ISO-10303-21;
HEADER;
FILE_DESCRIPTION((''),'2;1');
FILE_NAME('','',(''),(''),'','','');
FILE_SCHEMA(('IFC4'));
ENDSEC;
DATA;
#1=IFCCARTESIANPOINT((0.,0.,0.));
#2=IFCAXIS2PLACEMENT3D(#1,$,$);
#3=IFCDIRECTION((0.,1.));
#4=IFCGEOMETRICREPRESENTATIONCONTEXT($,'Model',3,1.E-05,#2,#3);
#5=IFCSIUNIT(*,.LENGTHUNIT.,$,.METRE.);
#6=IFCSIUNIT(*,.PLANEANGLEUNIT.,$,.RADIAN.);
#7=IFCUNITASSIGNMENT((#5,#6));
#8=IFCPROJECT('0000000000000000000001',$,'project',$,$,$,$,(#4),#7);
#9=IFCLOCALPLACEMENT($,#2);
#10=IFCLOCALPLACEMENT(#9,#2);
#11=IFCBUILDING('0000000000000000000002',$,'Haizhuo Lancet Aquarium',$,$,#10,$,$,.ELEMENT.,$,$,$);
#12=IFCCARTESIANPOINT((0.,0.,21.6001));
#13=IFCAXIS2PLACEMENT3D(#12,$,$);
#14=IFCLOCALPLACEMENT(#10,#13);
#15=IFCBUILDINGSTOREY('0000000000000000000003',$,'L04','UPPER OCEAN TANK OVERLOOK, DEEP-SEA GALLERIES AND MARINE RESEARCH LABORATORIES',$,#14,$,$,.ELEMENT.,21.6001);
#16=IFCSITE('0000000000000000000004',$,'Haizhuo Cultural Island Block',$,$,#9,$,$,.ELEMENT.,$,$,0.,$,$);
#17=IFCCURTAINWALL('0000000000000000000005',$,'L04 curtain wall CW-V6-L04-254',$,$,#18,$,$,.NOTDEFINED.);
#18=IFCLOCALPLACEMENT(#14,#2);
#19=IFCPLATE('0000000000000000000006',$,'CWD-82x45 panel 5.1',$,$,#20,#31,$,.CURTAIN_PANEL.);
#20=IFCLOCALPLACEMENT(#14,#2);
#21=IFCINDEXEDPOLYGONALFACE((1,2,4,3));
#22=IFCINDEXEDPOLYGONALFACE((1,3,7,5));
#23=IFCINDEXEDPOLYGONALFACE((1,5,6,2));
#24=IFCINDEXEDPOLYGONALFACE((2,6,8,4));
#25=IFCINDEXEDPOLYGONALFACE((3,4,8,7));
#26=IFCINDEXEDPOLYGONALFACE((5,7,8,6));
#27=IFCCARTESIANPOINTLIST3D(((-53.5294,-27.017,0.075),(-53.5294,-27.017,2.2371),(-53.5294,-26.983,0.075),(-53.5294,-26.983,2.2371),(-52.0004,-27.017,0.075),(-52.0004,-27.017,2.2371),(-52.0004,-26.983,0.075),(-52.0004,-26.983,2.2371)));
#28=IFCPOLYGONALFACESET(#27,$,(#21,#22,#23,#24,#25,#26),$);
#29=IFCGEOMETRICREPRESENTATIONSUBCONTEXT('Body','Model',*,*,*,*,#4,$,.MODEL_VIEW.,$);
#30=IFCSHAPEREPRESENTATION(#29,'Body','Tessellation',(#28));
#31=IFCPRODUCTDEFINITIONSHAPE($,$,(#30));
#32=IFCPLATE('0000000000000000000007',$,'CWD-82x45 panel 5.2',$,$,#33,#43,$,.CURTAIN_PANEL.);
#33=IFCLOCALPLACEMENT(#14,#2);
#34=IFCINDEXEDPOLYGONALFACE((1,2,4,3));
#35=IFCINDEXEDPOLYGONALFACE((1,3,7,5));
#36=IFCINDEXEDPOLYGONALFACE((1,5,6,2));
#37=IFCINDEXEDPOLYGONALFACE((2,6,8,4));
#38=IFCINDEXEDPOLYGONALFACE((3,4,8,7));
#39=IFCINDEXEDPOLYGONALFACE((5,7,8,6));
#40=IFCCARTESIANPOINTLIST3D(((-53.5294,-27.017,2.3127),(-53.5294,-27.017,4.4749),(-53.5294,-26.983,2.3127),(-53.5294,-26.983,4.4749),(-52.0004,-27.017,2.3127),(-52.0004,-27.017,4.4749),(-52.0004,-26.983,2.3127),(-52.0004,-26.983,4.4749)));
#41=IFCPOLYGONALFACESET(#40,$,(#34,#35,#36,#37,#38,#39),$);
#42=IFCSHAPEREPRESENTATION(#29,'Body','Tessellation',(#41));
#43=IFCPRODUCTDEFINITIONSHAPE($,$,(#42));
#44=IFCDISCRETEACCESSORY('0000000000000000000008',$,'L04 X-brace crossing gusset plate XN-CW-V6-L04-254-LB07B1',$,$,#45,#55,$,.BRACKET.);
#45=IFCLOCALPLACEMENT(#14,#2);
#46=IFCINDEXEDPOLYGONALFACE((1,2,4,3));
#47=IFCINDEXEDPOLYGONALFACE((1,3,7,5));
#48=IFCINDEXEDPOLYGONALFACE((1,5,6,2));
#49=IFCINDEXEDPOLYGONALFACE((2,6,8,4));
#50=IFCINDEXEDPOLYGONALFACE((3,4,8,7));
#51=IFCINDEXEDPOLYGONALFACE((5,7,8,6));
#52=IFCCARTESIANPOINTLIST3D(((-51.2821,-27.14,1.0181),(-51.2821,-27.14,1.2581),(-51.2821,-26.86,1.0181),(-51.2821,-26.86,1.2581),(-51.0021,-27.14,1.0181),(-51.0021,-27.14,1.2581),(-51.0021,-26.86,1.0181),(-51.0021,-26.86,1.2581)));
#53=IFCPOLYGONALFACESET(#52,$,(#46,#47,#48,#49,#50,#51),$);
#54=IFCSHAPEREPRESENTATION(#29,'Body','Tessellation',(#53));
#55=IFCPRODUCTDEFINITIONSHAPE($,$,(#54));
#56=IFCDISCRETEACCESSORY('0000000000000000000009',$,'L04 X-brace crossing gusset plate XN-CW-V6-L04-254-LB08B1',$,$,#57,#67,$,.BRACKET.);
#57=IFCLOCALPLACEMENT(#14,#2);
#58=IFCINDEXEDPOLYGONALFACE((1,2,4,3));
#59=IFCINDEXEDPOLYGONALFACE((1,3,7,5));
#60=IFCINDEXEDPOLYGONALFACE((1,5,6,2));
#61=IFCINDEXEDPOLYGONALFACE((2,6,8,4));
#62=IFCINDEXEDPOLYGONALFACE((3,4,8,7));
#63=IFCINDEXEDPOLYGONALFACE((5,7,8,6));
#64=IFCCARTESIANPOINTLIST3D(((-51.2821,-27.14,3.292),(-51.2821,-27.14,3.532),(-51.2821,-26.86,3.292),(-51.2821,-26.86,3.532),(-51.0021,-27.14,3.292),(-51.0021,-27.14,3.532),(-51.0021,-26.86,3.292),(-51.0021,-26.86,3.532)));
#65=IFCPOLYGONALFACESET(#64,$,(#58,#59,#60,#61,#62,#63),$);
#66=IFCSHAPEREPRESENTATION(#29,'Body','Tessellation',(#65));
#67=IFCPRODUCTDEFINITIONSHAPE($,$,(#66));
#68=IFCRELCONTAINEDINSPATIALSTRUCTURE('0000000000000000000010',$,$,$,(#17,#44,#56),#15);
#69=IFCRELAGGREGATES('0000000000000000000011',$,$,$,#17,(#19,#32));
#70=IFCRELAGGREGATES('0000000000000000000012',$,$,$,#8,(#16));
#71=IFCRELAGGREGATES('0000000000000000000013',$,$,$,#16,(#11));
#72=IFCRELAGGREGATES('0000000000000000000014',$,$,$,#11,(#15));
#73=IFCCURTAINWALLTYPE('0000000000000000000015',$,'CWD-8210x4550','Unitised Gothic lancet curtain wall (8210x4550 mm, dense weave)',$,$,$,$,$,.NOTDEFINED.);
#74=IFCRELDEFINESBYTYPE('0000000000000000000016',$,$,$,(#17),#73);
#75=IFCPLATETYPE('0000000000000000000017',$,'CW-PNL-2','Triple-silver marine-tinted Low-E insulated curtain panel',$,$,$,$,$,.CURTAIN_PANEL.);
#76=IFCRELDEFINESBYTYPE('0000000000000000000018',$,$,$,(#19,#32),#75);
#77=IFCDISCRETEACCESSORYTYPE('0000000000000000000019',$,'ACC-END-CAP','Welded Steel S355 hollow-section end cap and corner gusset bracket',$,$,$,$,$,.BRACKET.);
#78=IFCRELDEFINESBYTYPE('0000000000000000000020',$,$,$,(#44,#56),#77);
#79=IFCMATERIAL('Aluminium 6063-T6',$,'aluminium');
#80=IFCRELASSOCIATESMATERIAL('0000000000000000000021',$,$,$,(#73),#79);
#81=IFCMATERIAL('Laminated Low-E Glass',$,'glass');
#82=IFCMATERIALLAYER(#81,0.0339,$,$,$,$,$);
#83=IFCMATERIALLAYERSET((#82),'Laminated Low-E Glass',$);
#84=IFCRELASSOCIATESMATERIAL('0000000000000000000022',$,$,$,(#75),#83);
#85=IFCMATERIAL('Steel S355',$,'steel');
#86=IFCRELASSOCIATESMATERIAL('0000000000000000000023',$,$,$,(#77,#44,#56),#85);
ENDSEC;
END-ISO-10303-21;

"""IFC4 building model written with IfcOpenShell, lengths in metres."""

from ifc_helpers import new_model, si_unit, direction, frame, origin, origin_2d, place, context, subcontext, project, spatial, rectangle, extrude, material, layer, layer_set, type_object, element, aggregate, save


model = new_model("IFC4")

# Units and contexts
model_context = context("Model", 3, precision=1e-05, world=origin(), true_north=direction((0.0, 1.0)))
body_context = subcontext(model_context, "Body", "Model", "MODEL_VIEW")
ifc_project = project(units=[si_unit("LENGTHUNIT", "METRE"), si_unit("PLANEANGLEUNIT", "RADIAN")], contexts=[model_context])

# Site, building, storey
site_placement = place(None, origin())
site = spatial("IfcSite", under=ifc_project, at=site_placement, Name="Haizhuo Cultural Island Block", CompositionType="ELEMENT", RefElevation=0.0)
building_placement = place(site_placement, origin())
building = spatial("IfcBuilding", under=site, at=building_placement, Name="Haizhuo Lancet Aquarium", CompositionType="ELEMENT")
storey_placement = place(building_placement, frame((0.0, 0.0, 21.6001)))
storey = spatial("IfcBuildingStorey", under=building, at=storey_placement, Name="L04", Description="UPPER OCEAN TANK OVERLOOK, DEEP-SEA GALLERIES AND MARINE RESEARCH LABORATORIES", CompositionType="ELEMENT", Elevation=21.6001)

# Curtain wall
ifc_material_1 = material(Name="Aluminium 6063-T6", Category="aluminium")
curtain_wall_type = type_object("IfcCurtainWallType", Name="CWD-8210x4550", Description="Unitised Gothic lancet curtain wall (8210x4550 mm, dense weave)", PredefinedType="NOTDEFINED", material=ifc_material_1)
curtain_wall_placement = place(storey_placement, origin())
curtain_wall = element("IfcCurtainWall", 1, at=curtain_wall_placement, inside=storey, type_object=curtain_wall_type, Name="L04 curtain wall CW-V6-L04-254", PredefinedType="NOTDEFINED")

# Shared definitions
ifc_material_2 = material(Name="Steel S355", Category="steel")

# Plates
ifc_material_3 = material(Name="Laminated Low-E Glass", Category="glass")
ifc_layer = layer(ifc_material_3, 0.0339)
ifc_layer_set = layer_set([ifc_layer], Name="Laminated Low-E Glass")
plate_type = type_object("IfcPlateType", Name="CW-PNL-2", Description="Triple-silver marine-tinted Low-E insulated curtain panel", PredefinedType="CURTAIN_PANEL", material=ifc_layer_set)
plate_1_placement = place(storey_placement, frame((-52.7649, -27.0, 0.075), z_axis=(0.0, 0.0, 1.0), x_axis=(-1.0, 0.0, 0.0)))
plate_1 = element("IfcPlate", 2, at=plate_1_placement, type_object=plate_type, Name="CWD-82x45 panel 5.1", PredefinedType="CURTAIN_PANEL", context=body_context, shape_type="SweptSolid", body=[
    extrude(rectangle(XDim=1.5291, YDim=0.0339, at=origin_2d()), origin(), (0.0, 0.0, 1.0), 2.1621),
])
plate_2_placement = place(storey_placement, frame((-52.7649, -27.0, 2.3127), z_axis=(0.0, 0.0, 1.0), x_axis=(-1.0, 0.0, 0.0)))
plate_2 = element("IfcPlate", 3, at=plate_2_placement, type_object=plate_type, Name="CWD-82x45 panel 5.2", PredefinedType="CURTAIN_PANEL", context=body_context, shape_type="SweptSolid", body=[
    extrude(rectangle(XDim=1.5291, YDim=0.0339, at=origin_2d()), origin(), (0.0, 0.0, 1.0), 2.1621),
])
aggregate(curtain_wall, [plate_1, plate_2])

# Discrete accessories
discrete_accessory_type = type_object("IfcDiscreteAccessoryType", Name="ACC-END-CAP", Description="Welded Steel S355 hollow-section end cap and corner gusset bracket", PredefinedType="BRACKET", material=ifc_material_2)
for number, where, z_axis, x_axis, name in (
    (4, (-51.1421, -27.0, 1.0181), (0.0, 0.0, 1.0), (1.0, 0.0, 0.0), "L04 X-brace crossing gusset plate XN-CW-V6-L04-254-LB07B1"),
    (5, (-51.1421, -27.0, 3.292), (0.0, 0.0, 1.0), (1.0, 0.0, 0.0), "L04 X-brace crossing gusset plate XN-CW-V6-L04-254-LB08B1"),
):
    element("IfcDiscreteAccessory", number, at=place(storey_placement, frame(where, z_axis=z_axis, x_axis=x_axis)), inside=storey, type_object=discrete_accessory_type, material=ifc_material_2, Name=name, PredefinedType="BRACKET", context=body_context, shape_type="SweptSolid", body=[
        extrude(rectangle(XDim=0.28, YDim=0.28, at=origin_2d()), origin(), (0.0, 0.0, 1.0), 0.24),
    ])

save(model, "model.ifc")
